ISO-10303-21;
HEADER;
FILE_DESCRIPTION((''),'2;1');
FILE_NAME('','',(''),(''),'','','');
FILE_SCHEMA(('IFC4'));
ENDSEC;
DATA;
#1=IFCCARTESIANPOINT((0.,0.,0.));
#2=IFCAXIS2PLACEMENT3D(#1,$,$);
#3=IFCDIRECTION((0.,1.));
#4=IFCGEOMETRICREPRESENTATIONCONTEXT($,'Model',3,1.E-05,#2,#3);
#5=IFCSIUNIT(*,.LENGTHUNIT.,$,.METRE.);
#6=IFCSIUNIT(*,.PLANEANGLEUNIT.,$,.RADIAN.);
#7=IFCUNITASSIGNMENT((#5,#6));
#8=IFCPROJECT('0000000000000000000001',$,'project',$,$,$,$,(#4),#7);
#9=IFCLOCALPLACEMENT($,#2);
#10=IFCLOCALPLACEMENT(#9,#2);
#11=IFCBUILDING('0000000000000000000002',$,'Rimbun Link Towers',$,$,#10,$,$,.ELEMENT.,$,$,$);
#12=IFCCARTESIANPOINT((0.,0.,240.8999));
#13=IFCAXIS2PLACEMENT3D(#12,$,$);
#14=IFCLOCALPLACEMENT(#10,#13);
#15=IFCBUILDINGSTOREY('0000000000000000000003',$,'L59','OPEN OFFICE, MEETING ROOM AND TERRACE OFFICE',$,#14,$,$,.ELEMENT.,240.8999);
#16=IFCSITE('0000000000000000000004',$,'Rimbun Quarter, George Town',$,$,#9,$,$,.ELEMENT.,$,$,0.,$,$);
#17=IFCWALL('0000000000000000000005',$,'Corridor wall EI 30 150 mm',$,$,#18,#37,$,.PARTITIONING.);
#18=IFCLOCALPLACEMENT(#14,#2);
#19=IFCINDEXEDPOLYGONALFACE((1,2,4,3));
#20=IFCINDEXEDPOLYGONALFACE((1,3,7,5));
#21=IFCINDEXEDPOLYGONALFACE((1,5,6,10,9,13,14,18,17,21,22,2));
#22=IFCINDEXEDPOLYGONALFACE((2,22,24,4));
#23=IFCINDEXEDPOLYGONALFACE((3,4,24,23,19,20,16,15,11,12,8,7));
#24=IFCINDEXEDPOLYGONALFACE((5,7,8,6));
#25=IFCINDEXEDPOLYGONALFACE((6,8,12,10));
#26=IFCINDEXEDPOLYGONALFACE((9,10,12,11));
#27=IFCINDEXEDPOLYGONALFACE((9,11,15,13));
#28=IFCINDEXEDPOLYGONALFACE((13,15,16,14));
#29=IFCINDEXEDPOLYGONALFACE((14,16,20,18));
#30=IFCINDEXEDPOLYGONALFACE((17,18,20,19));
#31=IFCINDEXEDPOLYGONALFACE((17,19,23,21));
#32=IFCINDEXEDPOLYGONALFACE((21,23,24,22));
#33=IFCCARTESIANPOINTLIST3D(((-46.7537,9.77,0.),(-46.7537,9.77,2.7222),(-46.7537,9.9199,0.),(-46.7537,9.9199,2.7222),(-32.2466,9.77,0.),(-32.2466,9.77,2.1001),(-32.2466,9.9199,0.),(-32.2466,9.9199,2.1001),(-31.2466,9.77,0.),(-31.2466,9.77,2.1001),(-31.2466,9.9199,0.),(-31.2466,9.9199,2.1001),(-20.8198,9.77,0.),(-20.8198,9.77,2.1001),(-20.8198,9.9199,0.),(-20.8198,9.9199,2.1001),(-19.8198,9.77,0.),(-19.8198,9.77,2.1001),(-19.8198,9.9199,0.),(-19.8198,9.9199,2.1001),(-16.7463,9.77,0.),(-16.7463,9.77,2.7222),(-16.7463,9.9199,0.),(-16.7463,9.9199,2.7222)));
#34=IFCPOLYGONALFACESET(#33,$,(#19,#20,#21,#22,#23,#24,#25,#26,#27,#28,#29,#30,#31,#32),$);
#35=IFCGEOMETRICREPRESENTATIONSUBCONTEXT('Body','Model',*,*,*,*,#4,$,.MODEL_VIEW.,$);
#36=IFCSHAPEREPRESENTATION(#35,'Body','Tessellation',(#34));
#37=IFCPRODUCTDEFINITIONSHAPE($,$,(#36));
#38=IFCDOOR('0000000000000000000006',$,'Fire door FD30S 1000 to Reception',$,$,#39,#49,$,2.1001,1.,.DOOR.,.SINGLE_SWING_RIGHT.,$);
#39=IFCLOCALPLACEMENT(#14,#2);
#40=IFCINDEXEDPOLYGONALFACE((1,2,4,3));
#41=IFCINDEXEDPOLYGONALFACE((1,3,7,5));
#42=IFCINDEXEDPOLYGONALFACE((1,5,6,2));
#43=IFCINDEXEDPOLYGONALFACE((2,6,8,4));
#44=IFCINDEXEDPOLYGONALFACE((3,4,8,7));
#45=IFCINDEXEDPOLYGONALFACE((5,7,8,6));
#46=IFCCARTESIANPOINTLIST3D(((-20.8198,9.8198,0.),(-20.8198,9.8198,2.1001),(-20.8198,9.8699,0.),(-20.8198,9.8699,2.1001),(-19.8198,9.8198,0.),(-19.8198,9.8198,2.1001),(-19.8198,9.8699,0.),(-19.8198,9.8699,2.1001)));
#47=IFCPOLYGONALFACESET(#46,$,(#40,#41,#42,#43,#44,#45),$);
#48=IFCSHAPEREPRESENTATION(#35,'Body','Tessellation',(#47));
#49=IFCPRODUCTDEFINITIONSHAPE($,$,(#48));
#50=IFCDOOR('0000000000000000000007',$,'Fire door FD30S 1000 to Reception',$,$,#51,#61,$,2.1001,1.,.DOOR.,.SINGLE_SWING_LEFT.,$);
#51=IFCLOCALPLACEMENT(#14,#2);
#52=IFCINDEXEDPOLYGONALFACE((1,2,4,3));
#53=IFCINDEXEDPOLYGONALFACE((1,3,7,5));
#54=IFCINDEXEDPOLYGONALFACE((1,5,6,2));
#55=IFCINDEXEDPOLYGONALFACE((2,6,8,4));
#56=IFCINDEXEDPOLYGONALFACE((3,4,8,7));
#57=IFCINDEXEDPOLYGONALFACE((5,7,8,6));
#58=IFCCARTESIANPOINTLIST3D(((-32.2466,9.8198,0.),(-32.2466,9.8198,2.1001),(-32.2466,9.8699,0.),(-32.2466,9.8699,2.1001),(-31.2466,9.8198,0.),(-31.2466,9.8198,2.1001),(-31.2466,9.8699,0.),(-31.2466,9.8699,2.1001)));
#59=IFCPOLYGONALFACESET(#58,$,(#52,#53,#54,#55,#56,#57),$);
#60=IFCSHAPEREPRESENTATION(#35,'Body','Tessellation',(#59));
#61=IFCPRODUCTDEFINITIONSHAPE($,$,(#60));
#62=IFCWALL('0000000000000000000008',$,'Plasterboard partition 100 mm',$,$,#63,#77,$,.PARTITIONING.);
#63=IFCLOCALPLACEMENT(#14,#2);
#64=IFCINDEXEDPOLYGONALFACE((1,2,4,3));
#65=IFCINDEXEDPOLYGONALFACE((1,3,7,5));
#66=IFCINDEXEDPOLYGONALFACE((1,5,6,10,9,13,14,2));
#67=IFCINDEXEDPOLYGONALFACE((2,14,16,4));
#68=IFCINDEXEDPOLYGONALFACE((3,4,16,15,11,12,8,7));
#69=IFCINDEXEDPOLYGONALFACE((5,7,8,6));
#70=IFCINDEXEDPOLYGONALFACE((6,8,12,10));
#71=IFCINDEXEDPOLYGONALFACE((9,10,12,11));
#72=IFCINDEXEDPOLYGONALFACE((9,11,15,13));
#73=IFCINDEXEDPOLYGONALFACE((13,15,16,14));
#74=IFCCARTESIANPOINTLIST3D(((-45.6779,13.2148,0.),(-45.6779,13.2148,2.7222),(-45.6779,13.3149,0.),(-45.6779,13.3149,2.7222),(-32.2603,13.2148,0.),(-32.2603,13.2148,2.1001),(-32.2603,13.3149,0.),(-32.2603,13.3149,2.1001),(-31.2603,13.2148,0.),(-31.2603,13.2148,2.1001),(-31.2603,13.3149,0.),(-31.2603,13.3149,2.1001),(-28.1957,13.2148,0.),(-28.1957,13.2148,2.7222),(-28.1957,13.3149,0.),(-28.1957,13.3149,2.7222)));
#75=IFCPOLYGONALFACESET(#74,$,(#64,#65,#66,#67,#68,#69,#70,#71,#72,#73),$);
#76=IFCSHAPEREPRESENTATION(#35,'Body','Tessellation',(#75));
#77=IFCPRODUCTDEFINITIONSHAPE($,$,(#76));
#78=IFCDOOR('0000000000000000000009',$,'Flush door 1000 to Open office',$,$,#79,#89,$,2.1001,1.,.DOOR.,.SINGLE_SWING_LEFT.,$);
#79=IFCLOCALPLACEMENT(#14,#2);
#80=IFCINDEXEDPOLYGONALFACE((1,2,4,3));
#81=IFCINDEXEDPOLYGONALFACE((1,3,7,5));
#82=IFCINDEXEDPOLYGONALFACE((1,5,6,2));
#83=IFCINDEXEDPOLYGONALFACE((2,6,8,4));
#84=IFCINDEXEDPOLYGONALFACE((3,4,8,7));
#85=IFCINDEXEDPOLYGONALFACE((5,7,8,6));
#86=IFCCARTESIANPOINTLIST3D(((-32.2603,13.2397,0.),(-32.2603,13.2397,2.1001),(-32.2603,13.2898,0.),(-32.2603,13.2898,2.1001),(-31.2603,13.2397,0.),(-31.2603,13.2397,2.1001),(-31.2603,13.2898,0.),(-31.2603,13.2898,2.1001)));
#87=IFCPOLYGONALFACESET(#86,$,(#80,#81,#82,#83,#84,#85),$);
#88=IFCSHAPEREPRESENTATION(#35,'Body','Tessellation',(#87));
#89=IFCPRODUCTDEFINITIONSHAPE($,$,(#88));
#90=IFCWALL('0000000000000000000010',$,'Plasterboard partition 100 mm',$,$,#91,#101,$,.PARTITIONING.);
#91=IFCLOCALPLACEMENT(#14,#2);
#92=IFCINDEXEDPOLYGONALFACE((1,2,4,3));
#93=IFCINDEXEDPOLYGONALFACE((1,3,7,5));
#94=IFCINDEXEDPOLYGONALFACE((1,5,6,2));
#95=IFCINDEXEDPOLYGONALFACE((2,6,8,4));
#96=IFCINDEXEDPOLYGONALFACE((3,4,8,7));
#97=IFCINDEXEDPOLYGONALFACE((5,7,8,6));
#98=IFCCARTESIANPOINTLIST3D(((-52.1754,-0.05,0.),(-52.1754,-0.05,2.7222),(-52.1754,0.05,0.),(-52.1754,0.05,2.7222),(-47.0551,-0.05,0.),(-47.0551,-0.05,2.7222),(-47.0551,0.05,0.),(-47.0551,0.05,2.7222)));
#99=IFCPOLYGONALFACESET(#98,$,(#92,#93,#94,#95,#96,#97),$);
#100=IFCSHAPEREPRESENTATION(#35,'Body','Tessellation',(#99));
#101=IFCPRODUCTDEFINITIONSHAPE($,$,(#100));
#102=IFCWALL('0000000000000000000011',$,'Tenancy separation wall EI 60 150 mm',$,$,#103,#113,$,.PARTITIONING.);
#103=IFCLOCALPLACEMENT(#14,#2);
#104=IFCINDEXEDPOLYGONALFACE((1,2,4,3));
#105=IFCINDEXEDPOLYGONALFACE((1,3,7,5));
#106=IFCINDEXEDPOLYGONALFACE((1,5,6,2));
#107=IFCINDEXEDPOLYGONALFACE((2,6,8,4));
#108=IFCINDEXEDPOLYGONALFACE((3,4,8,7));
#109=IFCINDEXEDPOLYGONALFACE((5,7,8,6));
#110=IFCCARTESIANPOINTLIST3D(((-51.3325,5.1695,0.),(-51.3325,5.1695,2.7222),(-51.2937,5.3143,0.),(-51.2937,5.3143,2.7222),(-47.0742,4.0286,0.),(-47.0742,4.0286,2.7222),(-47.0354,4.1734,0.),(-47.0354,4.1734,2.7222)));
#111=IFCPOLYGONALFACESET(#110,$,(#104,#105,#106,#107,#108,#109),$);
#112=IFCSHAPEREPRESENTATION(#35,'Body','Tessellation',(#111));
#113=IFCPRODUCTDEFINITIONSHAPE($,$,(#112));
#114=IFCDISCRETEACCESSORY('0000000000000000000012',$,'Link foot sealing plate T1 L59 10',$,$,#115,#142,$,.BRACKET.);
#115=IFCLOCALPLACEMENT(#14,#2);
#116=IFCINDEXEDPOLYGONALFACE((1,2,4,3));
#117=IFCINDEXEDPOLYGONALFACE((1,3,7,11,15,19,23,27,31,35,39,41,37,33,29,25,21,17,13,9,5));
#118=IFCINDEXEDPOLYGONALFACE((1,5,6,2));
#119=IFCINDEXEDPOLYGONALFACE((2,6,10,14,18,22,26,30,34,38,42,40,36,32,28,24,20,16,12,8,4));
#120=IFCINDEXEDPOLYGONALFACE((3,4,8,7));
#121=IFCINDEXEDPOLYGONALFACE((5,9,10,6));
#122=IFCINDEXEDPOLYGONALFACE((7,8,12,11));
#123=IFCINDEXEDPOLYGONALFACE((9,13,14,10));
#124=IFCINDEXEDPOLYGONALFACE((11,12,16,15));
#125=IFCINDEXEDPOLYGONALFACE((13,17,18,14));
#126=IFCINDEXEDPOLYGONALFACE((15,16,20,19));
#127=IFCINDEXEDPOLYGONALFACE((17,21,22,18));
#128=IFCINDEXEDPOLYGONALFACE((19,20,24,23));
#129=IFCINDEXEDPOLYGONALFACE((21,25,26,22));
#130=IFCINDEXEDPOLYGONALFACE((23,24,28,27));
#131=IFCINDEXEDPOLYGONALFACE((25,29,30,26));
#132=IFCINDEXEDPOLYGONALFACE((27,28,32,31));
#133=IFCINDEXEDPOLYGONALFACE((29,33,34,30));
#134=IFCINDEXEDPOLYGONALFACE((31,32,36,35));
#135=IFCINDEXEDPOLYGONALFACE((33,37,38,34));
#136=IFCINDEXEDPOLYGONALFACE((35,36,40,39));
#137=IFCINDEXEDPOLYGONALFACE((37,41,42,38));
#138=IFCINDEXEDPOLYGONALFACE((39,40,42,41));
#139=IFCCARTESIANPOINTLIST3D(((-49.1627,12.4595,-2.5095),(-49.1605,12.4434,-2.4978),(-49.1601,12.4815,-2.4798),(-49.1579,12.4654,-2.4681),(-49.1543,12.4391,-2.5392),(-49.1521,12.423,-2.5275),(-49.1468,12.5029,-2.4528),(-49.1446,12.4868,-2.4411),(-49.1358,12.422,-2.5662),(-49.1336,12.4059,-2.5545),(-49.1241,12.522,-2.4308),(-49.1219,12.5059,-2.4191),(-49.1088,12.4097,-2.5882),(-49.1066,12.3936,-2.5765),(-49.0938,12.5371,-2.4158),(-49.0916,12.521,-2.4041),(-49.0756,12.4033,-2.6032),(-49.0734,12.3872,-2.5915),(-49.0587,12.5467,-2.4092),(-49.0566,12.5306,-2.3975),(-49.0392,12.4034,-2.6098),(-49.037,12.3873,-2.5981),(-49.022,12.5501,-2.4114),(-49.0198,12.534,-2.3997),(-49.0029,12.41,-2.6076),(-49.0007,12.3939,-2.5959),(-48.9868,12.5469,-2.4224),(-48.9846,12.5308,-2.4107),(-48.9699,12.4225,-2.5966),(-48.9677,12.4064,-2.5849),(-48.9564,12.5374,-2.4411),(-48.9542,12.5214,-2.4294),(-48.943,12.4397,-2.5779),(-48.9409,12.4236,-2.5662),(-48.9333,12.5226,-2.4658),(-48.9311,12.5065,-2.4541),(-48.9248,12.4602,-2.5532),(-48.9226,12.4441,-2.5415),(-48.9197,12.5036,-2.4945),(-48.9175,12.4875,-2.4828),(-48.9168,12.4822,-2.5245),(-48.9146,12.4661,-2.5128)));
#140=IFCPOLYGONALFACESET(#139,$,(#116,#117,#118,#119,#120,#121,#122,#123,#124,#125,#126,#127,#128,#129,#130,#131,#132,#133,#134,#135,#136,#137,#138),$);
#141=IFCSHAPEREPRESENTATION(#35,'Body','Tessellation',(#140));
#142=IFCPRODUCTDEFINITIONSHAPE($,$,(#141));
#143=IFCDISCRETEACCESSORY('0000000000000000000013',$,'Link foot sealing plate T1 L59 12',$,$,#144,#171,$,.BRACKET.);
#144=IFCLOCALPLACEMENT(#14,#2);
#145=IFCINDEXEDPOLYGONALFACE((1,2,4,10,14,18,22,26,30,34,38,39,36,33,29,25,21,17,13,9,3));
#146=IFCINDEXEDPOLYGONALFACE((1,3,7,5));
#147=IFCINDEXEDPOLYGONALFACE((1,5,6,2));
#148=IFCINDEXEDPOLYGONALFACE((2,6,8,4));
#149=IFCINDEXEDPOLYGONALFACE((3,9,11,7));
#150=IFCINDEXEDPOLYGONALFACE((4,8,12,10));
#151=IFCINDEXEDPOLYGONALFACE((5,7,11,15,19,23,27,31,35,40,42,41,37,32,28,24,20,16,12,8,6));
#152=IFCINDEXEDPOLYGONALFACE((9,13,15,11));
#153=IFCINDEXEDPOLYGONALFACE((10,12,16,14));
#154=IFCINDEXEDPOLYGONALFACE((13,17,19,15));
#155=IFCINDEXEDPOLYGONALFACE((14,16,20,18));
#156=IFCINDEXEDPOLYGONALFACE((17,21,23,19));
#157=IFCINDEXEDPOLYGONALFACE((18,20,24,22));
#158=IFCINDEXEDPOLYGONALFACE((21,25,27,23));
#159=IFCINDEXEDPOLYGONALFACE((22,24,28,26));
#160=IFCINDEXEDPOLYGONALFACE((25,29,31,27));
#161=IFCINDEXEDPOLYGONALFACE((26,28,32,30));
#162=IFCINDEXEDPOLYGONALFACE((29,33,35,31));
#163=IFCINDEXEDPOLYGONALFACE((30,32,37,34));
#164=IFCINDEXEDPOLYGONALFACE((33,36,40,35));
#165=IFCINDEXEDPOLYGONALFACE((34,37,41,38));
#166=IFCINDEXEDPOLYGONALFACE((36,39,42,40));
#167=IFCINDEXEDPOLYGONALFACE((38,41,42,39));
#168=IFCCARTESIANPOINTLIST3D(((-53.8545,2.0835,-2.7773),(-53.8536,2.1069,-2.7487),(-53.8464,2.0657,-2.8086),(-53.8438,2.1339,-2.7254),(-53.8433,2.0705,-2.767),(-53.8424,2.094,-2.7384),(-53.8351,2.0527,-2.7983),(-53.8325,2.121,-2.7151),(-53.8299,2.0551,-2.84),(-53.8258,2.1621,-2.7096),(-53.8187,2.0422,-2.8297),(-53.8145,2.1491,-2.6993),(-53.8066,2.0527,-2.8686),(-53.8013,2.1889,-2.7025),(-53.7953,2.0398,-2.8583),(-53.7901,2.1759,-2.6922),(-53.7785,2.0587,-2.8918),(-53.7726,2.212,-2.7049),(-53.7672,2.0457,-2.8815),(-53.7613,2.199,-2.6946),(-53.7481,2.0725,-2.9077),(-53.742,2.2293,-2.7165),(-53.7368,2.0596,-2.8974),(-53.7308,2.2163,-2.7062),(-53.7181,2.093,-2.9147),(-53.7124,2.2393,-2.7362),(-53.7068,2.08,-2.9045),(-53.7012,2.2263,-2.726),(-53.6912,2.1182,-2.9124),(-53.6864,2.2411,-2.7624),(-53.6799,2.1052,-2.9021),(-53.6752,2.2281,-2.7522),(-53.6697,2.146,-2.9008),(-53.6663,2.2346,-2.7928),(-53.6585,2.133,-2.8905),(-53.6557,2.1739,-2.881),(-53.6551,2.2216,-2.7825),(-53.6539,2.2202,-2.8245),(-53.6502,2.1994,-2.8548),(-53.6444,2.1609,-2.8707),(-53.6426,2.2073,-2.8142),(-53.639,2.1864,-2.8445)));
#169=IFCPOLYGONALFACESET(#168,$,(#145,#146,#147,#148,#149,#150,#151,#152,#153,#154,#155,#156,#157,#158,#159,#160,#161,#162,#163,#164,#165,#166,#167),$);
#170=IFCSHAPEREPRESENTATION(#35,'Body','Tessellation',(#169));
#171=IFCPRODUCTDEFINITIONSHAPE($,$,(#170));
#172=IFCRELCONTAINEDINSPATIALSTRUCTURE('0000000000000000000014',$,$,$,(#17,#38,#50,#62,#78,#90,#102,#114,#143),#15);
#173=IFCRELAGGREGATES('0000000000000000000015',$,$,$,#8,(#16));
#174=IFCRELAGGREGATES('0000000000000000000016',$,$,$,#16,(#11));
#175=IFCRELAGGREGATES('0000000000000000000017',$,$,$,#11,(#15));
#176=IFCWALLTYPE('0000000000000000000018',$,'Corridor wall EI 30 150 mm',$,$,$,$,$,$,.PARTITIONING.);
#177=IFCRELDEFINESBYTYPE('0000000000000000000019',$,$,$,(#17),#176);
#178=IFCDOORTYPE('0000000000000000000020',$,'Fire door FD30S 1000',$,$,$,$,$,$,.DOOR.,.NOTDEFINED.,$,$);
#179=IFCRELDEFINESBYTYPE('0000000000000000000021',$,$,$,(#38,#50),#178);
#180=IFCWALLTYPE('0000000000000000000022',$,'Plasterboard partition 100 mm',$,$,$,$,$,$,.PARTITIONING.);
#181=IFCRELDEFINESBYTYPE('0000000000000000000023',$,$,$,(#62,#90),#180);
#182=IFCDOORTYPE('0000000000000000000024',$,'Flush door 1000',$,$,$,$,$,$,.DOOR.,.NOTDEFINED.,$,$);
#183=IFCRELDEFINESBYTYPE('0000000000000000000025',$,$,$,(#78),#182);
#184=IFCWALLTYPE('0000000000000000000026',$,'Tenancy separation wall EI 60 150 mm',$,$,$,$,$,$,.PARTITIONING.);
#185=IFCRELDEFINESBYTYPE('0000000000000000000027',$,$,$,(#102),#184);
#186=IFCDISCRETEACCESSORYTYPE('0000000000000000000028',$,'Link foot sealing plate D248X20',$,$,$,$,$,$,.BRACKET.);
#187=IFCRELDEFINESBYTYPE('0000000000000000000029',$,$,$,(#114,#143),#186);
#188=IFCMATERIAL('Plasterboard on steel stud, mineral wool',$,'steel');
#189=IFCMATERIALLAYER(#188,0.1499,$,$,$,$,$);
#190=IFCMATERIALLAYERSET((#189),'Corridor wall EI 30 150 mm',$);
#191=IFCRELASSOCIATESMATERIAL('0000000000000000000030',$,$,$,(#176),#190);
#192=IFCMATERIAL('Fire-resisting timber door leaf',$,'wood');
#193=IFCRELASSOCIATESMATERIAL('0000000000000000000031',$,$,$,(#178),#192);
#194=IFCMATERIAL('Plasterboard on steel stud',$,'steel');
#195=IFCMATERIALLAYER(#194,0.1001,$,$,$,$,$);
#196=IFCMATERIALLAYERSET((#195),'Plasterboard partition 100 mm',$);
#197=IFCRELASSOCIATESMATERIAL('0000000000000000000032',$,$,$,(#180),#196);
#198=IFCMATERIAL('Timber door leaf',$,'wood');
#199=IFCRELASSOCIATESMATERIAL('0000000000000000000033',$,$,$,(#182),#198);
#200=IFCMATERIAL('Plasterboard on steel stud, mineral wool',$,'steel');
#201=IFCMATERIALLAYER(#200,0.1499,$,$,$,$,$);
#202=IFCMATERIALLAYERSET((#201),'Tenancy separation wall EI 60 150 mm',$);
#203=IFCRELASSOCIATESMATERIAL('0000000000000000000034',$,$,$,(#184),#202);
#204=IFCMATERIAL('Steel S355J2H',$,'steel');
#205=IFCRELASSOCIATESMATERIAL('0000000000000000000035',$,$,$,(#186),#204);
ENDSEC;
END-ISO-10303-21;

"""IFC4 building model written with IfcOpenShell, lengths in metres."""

from ifc_helpers import new_model, si_unit, direction, frame, frame_2d, origin, origin_2d, place, context, subcontext, project, spatial, rectangle, circle, extrude, material, layer, layer_set, material_profile, profile_set, type_object, element, fill, save


model = new_model("IFC4")

# Units and contexts
model_context = context("Model", 3, precision=1e-05, world=origin(), true_north=direction((0.0, 1.0)))
body_context = subcontext(model_context, "Body", "Model", "MODEL_VIEW")
ifc_project = project(units=[si_unit("LENGTHUNIT", "METRE"), si_unit("PLANEANGLEUNIT", "RADIAN")], contexts=[model_context])

# Site, building, storey
site_placement = place(None, origin())
site = spatial("IfcSite", under=ifc_project, at=site_placement, Name="Rimbun Quarter, George Town", CompositionType="ELEMENT", RefElevation=0.0)
building_placement = place(site_placement, origin())
building = spatial("IfcBuilding", under=site, at=building_placement, Name="Rimbun Link Towers", CompositionType="ELEMENT")
storey_placement = place(building_placement, frame((0.0, 0.0, 240.8999)))
storey = spatial("IfcBuildingStorey", under=building, at=storey_placement, Name="L59", Description="OPEN OFFICE, MEETING ROOM AND TERRACE OFFICE", CompositionType="ELEMENT", Elevation=240.8999)

# Shared definitions
ifc_material_1 = material(Name="Plasterboard on steel stud, mineral wool", Category="steel")
ifc_layer_1 = layer(ifc_material_1, 0.1499)
ifc_layer_set_1 = layer_set([ifc_layer_1], Name="Corridor wall EI 30 150 mm")
wall_type_1 = type_object("IfcWallType", Name="Corridor wall EI 30 150 mm", PredefinedType="PARTITIONING", material=ifc_layer_set_1)

# Wall, openings, doors
wall_1_placement = place(storey_placement, frame((-46.7537, 9.845, 0.0), z_axis=(0.0, 0.0, 1.0), x_axis=(1.0, 0.0, 0.0)))
wall_1 = element("IfcWall", 1, at=wall_1_placement, inside=storey, type_object=wall_type_1, Name="Corridor wall EI 30 150 mm", PredefinedType="PARTITIONING", context=body_context, shape_type="SweptSolid", body=[
    extrude(rectangle(XDim=30.0073, YDim=0.1499, at=frame_2d((15.0037, 0.0))), origin(), (0.0, 0.0, 1.0), 2.7222),
])
opening_1_placement = place(wall_1_placement, frame((25.9338, 0.0, 0.0)))
opening_1 = element("IfcOpeningElement", 2, at=opening_1_placement, cuts=wall_1, PredefinedType="OPENING", context=body_context, shape_type="SweptSolid", body=[
    extrude(rectangle(XDim=1.0, YDim=2.1001, at=frame_2d((0.5, 1.05))), frame((0.0, 0.085, 0.0), z_axis=(0.0, -1.0, 0.0), x_axis=(1.0, 0.0, 0.0)), (0.0, 0.0, 1.0), 0.1699),
])
opening_2_placement = place(wall_1_placement, frame((14.5071, 0.0, 0.0)))
opening_2 = element("IfcOpeningElement", 3, at=opening_2_placement, cuts=wall_1, PredefinedType="OPENING", context=body_context, shape_type="SweptSolid", body=[
    extrude(rectangle(XDim=1.0, YDim=2.1001, at=frame_2d((0.5, 1.05))), frame((0.0, 0.085, 0.0), z_axis=(0.0, -1.0, 0.0), x_axis=(1.0, 0.0, 0.0)), (0.0, 0.0, 1.0), 0.1699),
])
ifc_material_2 = material(Name="Fire-resisting timber door leaf", Category="wood")
door_type_1 = type_object("IfcDoorType", Name="Fire door FD30S 1000", OperationType="NOTDEFINED", PredefinedType="DOOR", material=ifc_material_2)
door_1_placement = place(opening_1_placement, origin())
door_1 = element("IfcDoor", 4, at=door_1_placement, inside=storey, type_object=door_type_1, Name="Fire door FD30S 1000 to Reception", OperationType="SINGLE_SWING_RIGHT", OverallHeight=2.1001, OverallWidth=1.0, PredefinedType="DOOR", context=body_context, shape_type="SweptSolid", body=[
    extrude(rectangle(XDim=1.0, YDim=2.1001, at=frame_2d((0.5, 1.05))), frame((0.0, 0.0249, 0.0), z_axis=(0.0, -1.0, 0.0), x_axis=(1.0, 0.0, 0.0)), (0.0, 0.0, 1.0), 0.05),
])
fill(opening_1, door_1)
door_2_placement = place(opening_2_placement, origin())
door_2 = element("IfcDoor", 5, at=door_2_placement, inside=storey, type_object=door_type_1, Name="Fire door FD30S 1000 to Reception", OperationType="SINGLE_SWING_LEFT", OverallHeight=2.1001, OverallWidth=1.0, PredefinedType="DOOR", context=body_context, shape_type="SweptSolid", body=[
    extrude(rectangle(XDim=1.0, YDim=2.1001, at=frame_2d((0.5, 1.05))), frame((0.0, 0.0249, 0.0), z_axis=(0.0, -1.0, 0.0), x_axis=(1.0, 0.0, 0.0)), (0.0, 0.0, 1.0), 0.05),
])
fill(opening_2, door_2)

# Wall, opening, door
ifc_material_3 = material(Name="Plasterboard on steel stud", Category="steel")
ifc_layer_2 = layer(ifc_material_3, 0.1001)
ifc_layer_set_2 = layer_set([ifc_layer_2], Name="Plasterboard partition 100 mm")
wall_type_2 = type_object("IfcWallType", Name="Plasterboard partition 100 mm", PredefinedType="PARTITIONING", material=ifc_layer_set_2)
wall_2_placement = place(storey_placement, frame((-45.678, 13.2649, 0.0), z_axis=(0.0, 0.0, 1.0), x_axis=(1.0, 0.0, 0.0)))
wall_2 = element("IfcWall", 6, at=wall_2_placement, inside=storey, type_object=wall_type_2, Name="Plasterboard partition 100 mm", PredefinedType="PARTITIONING", context=body_context, shape_type="SweptSolid", body=[
    extrude(rectangle(XDim=17.4822, YDim=0.1001, at=frame_2d((8.7412, 0.0))), origin(), (0.0, 0.0, 1.0), 2.7222),
])
opening_3_placement = place(wall_2_placement, frame((13.4177, 0.0, 0.0)))
opening_3 = element("IfcOpeningElement", 7, at=opening_3_placement, cuts=wall_2, PredefinedType="OPENING", context=body_context, shape_type="SweptSolid", body=[
    extrude(rectangle(XDim=1.0, YDim=2.1001, at=frame_2d((0.5, 1.05))), frame((0.0, 0.0601, 0.0), z_axis=(0.0, -1.0, 0.0), x_axis=(1.0, 0.0, 0.0)), (0.0, 0.0, 1.0), 0.1201),
])
ifc_material_4 = material(Name="Timber door leaf", Category="wood")
door_type_2 = type_object("IfcDoorType", Name="Flush door 1000", OperationType="NOTDEFINED", PredefinedType="DOOR", material=ifc_material_4)
door_3_placement = place(opening_3_placement, origin())
door_3 = element("IfcDoor", 8, at=door_3_placement, inside=storey, type_object=door_type_2, Name="Flush door 1000 to Open office", OperationType="SINGLE_SWING_LEFT", OverallHeight=2.1001, OverallWidth=1.0, PredefinedType="DOOR", context=body_context, shape_type="SweptSolid", body=[
    extrude(rectangle(XDim=1.0, YDim=2.1001, at=frame_2d((0.5, 1.05))), frame((0.0, 0.0249, 0.0), z_axis=(0.0, -1.0, 0.0), x_axis=(1.0, 0.0, 0.0)), (0.0, 0.0, 1.0), 0.05),
])
fill(opening_3, door_3)

# Walls
wall_3_placement = place(storey_placement, frame((-52.1753, 0.0, 0.0), z_axis=(0.0, 0.0, 1.0), x_axis=(1.0, 0.0, 0.0)))
element("IfcWall", 9, at=wall_3_placement, inside=storey, type_object=wall_type_2, Name="Plasterboard partition 100 mm", PredefinedType="PARTITIONING", context=body_context, shape_type="SweptSolid", body=[
    extrude(rectangle(XDim=5.1204, YDim=0.1001, at=frame_2d((2.5601, 0.0))), origin(), (0.0, 0.0, 1.0), 2.7222),
])
ifc_material_5 = material(Name="Plasterboard on steel stud, mineral wool", Category="steel")
ifc_layer_3 = layer(ifc_material_5, 0.1499)
ifc_layer_set_3 = layer_set([ifc_layer_3], Name="Tenancy separation wall EI 60 150 mm")
wall_type_3 = type_object("IfcWallType", Name="Tenancy separation wall EI 60 150 mm", PredefinedType="PARTITIONING", material=ifc_layer_set_3)
wall_4_placement = place(storey_placement, frame((-47.0549, 4.1011, 0.0), z_axis=(0.0, 0.0, 1.0), x_axis=(-0.965934, 0.25879, 0.0)))
element("IfcWall", 10, at=wall_4_placement, inside=storey, type_object=wall_type_3, Name="Tenancy separation wall EI 60 150 mm", PredefinedType="PARTITIONING", context=body_context, shape_type="SweptSolid", body=[
    extrude(rectangle(XDim=4.4084, YDim=0.1499, at=frame_2d((2.2041, 0.0))), origin(), (0.0, 0.0, 1.0), 2.7222),
])

# Discrete accessories
ifc_material_6 = material(Name="Steel S355J2H", Category="steel")
ifc_material_profile_1 = material_profile(ifc_material_6, circle(Radius=0.124, at=origin_2d()), Name="PL D248")
ifc_profile_set_1 = profile_set([ifc_material_profile_1], Name="Steel S355J2H")
discrete_accessory_type = type_object("IfcDiscreteAccessoryType", Name="Link foot sealing plate D248X20", PredefinedType="BRACKET", material=ifc_profile_set_1)
for number, where, z_axis, x_axis, name in (
    (11, (-49.0376, 12.4602, -2.4978), (-0.109618, 0.803863, -0.584627), (-0.99083, -0.135113, 0.0), "Link foot sealing plate T1 L59 10"),
    (12, (-53.7415, 2.134, -2.7983), (-0.562441, 0.64803, -0.513533), (-0.755219, -0.655473, 0.0), "Link foot sealing plate T1 L59 12"),
):
    element("IfcDiscreteAccessory", number, at=place(storey_placement, frame(where, z_axis=z_axis, x_axis=x_axis)), inside=storey, type_object=discrete_accessory_type, Name=name, PredefinedType="BRACKET", context=body_context, shape_type="SweptSolid", body=[
        extrude(circle(Radius=0.124, at=origin_2d()), origin(), (0.0, 0.0, 1.0), 0.02),
    ])

save(model, "model.ifc")
